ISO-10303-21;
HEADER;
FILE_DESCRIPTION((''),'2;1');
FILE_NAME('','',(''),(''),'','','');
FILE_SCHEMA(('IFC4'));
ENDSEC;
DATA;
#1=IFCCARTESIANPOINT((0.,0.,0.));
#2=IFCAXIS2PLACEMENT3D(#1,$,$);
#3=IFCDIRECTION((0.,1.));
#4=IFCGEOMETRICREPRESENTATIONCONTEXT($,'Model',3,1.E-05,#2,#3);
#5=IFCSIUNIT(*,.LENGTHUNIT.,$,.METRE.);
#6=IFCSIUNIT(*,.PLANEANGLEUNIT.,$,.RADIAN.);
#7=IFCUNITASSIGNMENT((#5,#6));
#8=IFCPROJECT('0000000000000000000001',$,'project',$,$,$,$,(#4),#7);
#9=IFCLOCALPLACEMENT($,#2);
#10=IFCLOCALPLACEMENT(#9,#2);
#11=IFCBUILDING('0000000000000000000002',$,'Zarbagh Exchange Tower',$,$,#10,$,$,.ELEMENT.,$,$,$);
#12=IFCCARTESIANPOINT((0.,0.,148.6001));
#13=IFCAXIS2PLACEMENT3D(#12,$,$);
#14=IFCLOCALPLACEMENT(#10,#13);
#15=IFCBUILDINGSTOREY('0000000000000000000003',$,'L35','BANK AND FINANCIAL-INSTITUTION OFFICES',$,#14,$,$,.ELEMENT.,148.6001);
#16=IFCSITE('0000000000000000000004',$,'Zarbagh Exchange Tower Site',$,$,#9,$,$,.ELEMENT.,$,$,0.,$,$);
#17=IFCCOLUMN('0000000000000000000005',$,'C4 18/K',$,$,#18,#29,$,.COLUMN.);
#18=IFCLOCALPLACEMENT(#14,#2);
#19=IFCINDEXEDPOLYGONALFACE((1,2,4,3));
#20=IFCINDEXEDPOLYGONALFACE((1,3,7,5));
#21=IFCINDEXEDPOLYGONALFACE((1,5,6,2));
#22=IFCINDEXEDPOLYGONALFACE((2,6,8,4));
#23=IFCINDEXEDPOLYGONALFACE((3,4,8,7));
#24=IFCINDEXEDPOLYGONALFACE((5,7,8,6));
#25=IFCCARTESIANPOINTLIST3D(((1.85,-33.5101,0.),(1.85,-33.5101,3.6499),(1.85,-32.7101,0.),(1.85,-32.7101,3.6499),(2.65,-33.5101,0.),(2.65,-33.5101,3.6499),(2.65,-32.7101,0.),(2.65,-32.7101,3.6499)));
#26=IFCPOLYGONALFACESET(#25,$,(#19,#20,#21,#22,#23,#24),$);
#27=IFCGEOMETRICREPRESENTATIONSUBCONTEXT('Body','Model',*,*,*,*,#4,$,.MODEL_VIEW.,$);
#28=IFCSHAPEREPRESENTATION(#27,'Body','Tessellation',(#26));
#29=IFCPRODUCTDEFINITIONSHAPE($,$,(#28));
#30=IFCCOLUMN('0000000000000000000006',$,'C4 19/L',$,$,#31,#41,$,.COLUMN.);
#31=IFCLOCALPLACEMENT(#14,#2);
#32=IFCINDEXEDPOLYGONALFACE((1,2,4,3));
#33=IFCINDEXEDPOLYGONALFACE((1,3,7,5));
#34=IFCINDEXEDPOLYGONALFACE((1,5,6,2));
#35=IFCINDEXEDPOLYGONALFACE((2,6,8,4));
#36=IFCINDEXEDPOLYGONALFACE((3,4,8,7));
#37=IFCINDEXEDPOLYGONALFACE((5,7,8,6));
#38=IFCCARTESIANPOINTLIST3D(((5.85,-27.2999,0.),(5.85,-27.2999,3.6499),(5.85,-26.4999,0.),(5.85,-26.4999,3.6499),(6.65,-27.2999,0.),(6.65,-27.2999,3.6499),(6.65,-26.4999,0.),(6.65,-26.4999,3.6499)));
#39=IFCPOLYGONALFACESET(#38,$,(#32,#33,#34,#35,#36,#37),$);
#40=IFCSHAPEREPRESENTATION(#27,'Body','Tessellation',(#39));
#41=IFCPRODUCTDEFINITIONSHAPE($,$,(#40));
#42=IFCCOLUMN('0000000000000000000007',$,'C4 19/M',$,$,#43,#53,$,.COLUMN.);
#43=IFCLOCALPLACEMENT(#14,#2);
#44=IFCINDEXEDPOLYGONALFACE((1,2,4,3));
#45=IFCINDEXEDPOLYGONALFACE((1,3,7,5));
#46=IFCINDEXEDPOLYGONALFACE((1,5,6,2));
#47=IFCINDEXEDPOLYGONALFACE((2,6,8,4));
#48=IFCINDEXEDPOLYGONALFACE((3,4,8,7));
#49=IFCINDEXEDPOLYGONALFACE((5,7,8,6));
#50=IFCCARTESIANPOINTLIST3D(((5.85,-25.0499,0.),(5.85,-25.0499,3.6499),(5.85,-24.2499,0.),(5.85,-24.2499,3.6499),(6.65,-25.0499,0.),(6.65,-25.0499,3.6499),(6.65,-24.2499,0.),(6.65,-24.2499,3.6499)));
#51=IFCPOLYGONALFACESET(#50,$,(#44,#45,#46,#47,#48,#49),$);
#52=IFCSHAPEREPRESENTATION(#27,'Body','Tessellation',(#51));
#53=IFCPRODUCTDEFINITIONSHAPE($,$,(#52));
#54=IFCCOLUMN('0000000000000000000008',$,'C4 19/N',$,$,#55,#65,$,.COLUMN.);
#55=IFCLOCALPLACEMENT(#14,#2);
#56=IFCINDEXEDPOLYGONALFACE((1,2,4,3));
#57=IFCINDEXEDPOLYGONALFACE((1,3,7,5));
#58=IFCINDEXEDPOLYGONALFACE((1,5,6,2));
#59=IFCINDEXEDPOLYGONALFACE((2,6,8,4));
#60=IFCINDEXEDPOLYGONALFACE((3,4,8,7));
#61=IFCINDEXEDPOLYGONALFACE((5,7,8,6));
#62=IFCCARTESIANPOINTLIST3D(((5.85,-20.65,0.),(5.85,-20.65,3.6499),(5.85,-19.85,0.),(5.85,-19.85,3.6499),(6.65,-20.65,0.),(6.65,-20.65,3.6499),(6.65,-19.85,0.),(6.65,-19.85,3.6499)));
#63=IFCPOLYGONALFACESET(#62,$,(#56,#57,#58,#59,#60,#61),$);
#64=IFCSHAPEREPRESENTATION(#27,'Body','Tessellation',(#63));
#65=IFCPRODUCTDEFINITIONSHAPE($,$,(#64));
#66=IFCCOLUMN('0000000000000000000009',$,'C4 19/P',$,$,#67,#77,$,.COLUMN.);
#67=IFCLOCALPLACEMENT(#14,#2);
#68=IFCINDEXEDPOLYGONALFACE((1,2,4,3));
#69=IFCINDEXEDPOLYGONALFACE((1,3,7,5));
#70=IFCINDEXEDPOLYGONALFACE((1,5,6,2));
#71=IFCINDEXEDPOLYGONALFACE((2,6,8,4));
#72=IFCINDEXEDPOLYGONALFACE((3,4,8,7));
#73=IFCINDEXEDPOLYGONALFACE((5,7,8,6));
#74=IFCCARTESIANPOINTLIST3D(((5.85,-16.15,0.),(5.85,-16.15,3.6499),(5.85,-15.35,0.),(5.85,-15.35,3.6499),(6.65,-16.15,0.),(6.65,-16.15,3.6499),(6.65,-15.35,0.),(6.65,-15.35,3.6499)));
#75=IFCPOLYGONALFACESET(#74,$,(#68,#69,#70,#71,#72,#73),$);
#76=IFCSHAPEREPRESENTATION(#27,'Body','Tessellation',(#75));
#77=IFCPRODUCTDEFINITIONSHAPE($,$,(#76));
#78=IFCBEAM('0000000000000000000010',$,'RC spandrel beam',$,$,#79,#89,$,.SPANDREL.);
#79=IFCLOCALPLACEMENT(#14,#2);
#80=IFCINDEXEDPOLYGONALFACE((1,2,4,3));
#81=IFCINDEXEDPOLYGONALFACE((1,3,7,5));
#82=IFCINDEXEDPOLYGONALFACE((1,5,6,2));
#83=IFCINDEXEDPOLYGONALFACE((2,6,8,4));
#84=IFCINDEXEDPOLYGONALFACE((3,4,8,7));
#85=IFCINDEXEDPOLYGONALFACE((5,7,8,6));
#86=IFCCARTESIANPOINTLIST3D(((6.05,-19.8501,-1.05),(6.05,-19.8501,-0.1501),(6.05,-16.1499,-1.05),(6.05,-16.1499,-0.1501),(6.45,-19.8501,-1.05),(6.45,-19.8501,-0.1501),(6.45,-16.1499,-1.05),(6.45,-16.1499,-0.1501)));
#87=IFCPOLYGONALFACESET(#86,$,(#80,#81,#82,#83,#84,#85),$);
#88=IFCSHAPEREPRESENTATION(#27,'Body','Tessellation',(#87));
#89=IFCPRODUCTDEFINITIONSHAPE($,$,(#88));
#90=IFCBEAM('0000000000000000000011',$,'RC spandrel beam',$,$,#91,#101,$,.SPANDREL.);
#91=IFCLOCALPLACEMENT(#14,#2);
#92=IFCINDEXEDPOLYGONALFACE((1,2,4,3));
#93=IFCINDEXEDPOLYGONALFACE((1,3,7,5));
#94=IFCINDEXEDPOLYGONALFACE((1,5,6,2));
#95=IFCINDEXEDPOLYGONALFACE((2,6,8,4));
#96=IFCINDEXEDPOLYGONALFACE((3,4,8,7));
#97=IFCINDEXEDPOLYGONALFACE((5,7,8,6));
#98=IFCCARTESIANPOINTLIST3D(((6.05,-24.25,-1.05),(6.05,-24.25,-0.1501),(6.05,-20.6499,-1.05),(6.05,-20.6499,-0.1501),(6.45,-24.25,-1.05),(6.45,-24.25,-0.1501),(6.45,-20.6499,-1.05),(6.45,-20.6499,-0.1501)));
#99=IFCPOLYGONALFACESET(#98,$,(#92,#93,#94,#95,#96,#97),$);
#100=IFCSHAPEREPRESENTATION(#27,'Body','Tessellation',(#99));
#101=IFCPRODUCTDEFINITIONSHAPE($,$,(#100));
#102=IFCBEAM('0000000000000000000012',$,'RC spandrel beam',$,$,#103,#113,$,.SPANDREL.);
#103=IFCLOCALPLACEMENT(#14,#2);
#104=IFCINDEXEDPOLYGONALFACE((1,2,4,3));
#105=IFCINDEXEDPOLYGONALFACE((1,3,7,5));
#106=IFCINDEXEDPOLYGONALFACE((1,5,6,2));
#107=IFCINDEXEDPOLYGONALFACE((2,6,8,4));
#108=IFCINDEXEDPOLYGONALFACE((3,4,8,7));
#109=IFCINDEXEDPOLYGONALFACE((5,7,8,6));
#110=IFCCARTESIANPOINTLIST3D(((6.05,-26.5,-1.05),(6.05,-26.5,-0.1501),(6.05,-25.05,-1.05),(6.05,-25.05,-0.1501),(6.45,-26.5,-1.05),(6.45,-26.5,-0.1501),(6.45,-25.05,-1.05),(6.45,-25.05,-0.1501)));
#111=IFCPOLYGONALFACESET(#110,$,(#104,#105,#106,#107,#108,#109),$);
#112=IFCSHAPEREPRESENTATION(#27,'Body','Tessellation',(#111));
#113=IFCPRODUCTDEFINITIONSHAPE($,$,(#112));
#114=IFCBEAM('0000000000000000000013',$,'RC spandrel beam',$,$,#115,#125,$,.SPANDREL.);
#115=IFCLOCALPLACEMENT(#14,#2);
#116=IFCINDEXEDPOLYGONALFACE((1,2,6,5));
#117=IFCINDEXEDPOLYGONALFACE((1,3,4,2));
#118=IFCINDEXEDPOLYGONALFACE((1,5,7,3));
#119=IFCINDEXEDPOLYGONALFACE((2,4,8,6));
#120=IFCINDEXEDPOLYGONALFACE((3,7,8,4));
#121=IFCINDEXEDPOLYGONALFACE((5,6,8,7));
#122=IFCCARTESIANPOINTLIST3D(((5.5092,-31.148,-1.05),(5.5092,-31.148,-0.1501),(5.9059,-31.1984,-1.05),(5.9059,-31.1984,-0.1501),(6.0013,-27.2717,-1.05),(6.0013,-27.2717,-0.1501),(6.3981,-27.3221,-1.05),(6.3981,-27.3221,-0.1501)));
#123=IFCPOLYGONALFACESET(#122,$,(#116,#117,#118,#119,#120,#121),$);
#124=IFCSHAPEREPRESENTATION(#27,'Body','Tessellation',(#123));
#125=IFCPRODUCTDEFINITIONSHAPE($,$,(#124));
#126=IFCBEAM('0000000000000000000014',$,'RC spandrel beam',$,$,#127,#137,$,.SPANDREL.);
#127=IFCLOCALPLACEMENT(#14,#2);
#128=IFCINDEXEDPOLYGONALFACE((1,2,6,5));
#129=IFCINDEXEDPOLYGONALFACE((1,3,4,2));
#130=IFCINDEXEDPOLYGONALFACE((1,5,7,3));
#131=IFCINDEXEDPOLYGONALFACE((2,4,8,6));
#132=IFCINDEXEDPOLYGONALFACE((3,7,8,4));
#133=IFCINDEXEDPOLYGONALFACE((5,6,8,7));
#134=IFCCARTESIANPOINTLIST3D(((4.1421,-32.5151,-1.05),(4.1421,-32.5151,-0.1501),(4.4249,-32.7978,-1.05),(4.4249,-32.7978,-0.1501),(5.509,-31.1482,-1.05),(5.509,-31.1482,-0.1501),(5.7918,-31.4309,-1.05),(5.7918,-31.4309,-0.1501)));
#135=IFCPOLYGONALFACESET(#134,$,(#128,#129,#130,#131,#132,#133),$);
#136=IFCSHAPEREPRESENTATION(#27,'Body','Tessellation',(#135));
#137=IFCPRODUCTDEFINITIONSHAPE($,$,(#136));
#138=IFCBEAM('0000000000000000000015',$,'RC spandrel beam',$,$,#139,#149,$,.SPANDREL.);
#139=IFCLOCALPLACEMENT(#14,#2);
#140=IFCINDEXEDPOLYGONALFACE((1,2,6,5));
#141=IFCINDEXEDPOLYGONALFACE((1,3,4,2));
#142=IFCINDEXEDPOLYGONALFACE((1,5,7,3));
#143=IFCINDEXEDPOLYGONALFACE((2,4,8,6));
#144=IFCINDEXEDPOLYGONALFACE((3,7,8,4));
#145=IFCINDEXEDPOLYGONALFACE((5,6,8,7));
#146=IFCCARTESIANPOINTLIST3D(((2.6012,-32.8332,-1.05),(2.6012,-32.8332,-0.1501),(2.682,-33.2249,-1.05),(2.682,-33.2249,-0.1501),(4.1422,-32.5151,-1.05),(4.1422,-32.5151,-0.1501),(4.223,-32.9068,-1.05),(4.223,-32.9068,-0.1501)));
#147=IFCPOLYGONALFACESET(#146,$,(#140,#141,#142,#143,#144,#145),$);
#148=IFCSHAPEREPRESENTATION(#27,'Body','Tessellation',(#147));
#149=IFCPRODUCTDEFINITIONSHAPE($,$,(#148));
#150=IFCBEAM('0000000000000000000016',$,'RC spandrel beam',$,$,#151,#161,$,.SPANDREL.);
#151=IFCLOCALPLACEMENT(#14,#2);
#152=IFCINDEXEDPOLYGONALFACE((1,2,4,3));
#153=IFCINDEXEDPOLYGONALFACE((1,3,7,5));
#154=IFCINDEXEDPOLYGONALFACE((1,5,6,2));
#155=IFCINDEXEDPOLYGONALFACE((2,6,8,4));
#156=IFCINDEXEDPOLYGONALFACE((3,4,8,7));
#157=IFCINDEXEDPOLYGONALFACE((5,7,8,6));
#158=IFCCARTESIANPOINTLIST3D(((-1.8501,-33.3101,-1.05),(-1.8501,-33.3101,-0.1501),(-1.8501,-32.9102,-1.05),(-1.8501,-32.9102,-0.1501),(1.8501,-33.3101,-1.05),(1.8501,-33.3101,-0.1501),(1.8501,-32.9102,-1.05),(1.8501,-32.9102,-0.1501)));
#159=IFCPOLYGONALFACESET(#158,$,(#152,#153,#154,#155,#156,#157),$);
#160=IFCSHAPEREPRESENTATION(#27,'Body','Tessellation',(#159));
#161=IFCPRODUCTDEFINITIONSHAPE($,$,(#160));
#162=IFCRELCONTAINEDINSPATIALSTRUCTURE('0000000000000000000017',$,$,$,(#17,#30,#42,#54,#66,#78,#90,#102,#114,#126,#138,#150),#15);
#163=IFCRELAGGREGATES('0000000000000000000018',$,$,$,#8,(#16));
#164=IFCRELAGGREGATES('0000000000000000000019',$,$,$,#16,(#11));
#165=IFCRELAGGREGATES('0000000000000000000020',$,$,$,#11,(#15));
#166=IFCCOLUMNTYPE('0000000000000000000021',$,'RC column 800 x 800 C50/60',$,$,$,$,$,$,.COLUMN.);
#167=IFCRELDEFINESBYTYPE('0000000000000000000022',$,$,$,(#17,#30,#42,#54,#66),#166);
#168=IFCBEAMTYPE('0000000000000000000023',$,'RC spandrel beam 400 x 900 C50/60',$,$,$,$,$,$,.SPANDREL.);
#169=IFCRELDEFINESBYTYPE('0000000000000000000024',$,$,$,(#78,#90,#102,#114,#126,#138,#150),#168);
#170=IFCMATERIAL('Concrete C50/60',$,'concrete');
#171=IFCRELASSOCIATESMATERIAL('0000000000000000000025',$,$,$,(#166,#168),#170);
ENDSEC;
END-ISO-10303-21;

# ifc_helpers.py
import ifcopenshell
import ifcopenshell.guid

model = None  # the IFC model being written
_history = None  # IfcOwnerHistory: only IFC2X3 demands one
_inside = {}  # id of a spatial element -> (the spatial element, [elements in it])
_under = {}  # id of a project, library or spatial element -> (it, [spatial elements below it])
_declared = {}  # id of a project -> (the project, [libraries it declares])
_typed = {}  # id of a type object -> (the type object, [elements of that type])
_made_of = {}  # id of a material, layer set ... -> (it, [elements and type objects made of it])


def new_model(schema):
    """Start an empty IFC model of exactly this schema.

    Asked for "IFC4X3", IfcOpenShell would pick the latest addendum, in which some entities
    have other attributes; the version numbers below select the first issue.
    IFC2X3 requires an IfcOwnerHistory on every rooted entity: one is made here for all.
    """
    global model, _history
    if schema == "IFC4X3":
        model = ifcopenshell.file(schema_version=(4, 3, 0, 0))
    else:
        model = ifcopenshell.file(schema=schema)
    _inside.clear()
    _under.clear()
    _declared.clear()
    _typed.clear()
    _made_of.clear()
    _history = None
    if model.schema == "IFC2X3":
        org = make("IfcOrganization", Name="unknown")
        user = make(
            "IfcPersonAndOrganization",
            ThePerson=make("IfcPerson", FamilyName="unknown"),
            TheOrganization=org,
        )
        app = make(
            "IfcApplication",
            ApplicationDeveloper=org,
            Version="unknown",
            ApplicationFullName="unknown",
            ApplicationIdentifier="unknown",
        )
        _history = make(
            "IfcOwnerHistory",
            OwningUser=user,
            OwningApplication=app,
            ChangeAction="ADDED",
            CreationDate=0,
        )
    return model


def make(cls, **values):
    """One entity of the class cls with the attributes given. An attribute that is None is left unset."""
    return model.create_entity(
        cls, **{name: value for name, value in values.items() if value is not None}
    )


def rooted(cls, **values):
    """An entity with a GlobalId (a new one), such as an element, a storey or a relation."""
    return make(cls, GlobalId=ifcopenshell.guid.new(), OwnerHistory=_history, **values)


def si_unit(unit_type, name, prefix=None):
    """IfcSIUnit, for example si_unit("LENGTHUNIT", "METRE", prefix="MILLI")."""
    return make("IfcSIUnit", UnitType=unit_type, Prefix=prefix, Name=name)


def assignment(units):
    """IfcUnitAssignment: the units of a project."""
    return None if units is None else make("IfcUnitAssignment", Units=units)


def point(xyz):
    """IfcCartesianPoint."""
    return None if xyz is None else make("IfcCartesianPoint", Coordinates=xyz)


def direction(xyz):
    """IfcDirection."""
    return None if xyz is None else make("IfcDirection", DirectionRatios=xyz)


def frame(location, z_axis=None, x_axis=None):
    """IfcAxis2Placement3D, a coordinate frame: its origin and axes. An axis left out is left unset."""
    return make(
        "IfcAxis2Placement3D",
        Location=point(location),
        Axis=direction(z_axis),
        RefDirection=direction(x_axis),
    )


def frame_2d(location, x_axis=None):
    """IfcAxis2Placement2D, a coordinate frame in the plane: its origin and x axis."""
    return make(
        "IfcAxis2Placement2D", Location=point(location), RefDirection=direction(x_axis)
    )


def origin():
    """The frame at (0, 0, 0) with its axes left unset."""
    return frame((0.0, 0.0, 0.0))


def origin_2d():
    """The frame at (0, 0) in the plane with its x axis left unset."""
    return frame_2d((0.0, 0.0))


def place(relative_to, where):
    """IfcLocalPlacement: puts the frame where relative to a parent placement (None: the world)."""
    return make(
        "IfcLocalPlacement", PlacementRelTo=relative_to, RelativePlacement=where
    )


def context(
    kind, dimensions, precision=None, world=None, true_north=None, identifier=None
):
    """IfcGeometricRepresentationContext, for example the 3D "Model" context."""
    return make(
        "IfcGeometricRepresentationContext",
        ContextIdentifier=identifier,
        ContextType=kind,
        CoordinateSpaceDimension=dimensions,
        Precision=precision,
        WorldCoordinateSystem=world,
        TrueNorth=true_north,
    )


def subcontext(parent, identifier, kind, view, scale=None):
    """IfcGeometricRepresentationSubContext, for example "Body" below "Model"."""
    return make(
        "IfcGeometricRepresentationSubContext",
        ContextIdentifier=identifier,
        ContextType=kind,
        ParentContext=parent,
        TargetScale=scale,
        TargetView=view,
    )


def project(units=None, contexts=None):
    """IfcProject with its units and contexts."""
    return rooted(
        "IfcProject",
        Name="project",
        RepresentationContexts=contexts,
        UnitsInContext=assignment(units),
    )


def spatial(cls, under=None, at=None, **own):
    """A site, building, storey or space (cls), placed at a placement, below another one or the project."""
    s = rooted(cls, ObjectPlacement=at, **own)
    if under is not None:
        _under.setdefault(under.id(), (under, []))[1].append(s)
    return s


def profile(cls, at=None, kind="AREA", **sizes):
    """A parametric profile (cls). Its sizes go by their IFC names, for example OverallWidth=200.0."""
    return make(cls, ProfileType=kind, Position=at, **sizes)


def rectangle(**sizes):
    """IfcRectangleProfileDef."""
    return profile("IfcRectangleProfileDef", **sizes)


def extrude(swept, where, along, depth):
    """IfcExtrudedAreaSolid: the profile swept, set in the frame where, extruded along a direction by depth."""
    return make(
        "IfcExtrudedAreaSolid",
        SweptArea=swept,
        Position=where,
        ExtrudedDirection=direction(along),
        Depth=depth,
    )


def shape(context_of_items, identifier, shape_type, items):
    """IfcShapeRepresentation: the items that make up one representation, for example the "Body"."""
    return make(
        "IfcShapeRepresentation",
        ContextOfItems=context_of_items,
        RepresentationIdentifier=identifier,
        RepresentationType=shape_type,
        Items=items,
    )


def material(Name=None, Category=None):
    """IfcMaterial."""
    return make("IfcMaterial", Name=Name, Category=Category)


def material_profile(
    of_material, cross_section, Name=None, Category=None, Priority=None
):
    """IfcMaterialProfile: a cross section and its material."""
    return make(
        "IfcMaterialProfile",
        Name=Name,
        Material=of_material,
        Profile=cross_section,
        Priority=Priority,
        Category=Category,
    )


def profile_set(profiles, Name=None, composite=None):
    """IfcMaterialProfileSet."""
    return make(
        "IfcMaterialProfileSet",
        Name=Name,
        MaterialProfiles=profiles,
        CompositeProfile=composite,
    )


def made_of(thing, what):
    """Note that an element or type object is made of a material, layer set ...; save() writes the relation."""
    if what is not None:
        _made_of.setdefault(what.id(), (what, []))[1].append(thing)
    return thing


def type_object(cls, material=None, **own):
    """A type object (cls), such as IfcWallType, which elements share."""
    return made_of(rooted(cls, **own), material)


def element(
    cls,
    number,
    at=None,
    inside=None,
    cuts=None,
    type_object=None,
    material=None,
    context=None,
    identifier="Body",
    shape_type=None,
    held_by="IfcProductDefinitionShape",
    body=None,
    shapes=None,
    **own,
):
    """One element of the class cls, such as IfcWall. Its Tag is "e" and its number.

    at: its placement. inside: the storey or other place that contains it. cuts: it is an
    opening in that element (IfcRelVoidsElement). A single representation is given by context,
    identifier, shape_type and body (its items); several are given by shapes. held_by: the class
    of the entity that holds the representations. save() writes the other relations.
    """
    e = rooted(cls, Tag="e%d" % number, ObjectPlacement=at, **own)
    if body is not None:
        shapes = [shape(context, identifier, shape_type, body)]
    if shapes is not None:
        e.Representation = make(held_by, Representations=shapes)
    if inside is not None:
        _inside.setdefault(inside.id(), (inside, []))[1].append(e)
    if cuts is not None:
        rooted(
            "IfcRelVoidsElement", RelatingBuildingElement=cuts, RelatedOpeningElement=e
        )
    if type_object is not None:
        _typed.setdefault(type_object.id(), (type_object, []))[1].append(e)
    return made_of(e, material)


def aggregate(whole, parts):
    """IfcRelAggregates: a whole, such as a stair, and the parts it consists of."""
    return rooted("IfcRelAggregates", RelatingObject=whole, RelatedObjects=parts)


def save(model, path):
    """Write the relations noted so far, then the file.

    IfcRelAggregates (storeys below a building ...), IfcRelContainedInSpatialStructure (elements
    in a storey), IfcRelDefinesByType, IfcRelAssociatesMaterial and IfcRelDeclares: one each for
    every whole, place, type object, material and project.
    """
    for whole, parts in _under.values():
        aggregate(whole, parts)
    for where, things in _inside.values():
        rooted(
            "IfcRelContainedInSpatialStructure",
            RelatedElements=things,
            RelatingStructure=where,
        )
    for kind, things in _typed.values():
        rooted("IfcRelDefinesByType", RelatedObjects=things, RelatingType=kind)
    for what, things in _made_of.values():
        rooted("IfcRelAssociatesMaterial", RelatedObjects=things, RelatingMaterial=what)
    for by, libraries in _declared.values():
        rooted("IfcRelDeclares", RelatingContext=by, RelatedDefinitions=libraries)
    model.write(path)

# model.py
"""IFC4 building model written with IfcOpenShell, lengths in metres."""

from ifc_helpers import new_model, si_unit, direction, frame, origin, origin_2d, place, context, subcontext, project, spatial, rectangle, extrude, material, material_profile, profile_set, type_object, element, save


model = new_model("IFC4")

# Units and contexts
model_context = context("Model", 3, precision=1e-05, world=origin(), true_north=direction((0.0, 1.0)))
body_context = subcontext(model_context, "Body", "Model", "MODEL_VIEW")
ifc_project = project(units=[si_unit("LENGTHUNIT", "METRE"), si_unit("PLANEANGLEUNIT", "RADIAN")], contexts=[model_context])

# Site, building, storey
site_placement = place(None, origin())
site = spatial("IfcSite", under=ifc_project, at=site_placement, Name="Zarbagh Exchange Tower Site", CompositionType="ELEMENT", RefElevation=0.0)
building_placement = place(site_placement, origin())
building = spatial("IfcBuilding", under=site, at=building_placement, Name="Zarbagh Exchange Tower", CompositionType="ELEMENT")
storey_placement = place(building_placement, frame((0.0, 0.0, 148.6001)))
storey = spatial("IfcBuildingStorey", under=building, at=storey_placement, Name="L35", Description="BANK AND FINANCIAL-INSTITUTION OFFICES", CompositionType="ELEMENT", Elevation=148.6001)

# Columns
ifc_material_1 = material(Name="Concrete C50/60", Category="concrete")
ifc_material_profile_1 = material_profile(ifc_material_1, rectangle(XDim=0.8, YDim=0.8, at=origin_2d()), Name="RC column 800 x 800 C50/60")
ifc_profile_set_1 = profile_set([ifc_material_profile_1], Name="Concrete C50/60")
column_type = type_object("IfcColumnType", Name="RC column 800 x 800 C50/60", PredefinedType="COLUMN", material=ifc_profile_set_1)
for number, where, z_axis, x_axis, name in (
    (1, (2.25, -33.1101, 0.0), (0.0, 0.0, 1.0), (1.0, 0.0, 0.0), "C4 18/K"),
    (2, (6.25, -26.8999, 0.0), (0.0, 0.0, 1.0), (1.0, 0.0, 0.0), "C4 19/L"),
    (3, (6.25, -24.6499, 0.0), (0.0, 0.0, 1.0), (1.0, 0.0, 0.0), "C4 19/M"),
    (4, (6.25, -20.25, 0.0), (0.0, 0.0, 1.0), (1.0, 0.0, 0.0), "C4 19/N"),
    (5, (6.25, -15.75, 0.0), (0.0, 0.0, 1.0), (1.0, 0.0, 0.0), "C4 19/P"),
):
    element("IfcColumn", number, at=place(storey_placement, frame(where, z_axis=z_axis, x_axis=x_axis)), inside=storey, type_object=column_type, Name=name, PredefinedType="COLUMN", context=body_context, shape_type="SweptSolid", body=[
        extrude(rectangle(XDim=0.8, YDim=0.8, at=origin_2d()), origin(), (0.0, 0.0, 1.0), 3.6499),
    ])

# Beams
ifc_material_profile_2 = material_profile(ifc_material_1, rectangle(XDim=0.3999, YDim=0.8999, at=origin_2d()), Name="RC spandrel beam 400 x 900 C50/60")
ifc_profile_set_2 = profile_set([ifc_material_profile_2], Name="Concrete C50/60")
beam_type = type_object("IfcBeamType", Name="RC spandrel beam 400 x 900 C50/60", PredefinedType="SPANDREL", material=ifc_profile_set_2)
beam_1_placement = place(storey_placement, frame((6.25, -16.1499, -0.6001), z_axis=(0.0, -1.0, 0.0), x_axis=(1.0, 0.0, 0.0)))
element("IfcBeam", 6, at=beam_1_placement, inside=storey, type_object=beam_type, Name="RC spandrel beam", PredefinedType="SPANDREL", context=body_context, shape_type="SweptSolid", body=[
    extrude(rectangle(XDim=0.3999, YDim=0.8999, at=origin_2d()), origin(), (0.0, 0.0, 1.0), 3.7002),
])
beam_2_placement = place(storey_placement, frame((6.25, -20.6499, -0.6001), z_axis=(0.0, -1.0, 0.0), x_axis=(1.0, 0.0, 0.0)))
element("IfcBeam", 7, at=beam_2_placement, inside=storey, type_object=beam_type, Name="RC spandrel beam", PredefinedType="SPANDREL", context=body_context, shape_type="SweptSolid", body=[
    extrude(rectangle(XDim=0.3999, YDim=0.8999, at=origin_2d()), origin(), (0.0, 0.0, 1.0), 3.6001),
])
beam_3_placement = place(storey_placement, frame((6.25, -25.05, -0.6001), z_axis=(0.0, -1.0, 0.0), x_axis=(1.0, 0.0, 0.0)))
element("IfcBeam", 8, at=beam_3_placement, inside=storey, type_object=beam_type, Name="RC spandrel beam", PredefinedType="SPANDREL", context=body_context, shape_type="SweptSolid", body=[
    extrude(rectangle(XDim=0.3999, YDim=0.8999, at=origin_2d()), origin(), (0.0, 0.0, 1.0), 1.45),
])
beam_4_placement = place(storey_placement, frame((6.1997, -27.2969, -0.6001), z_axis=(-0.125957, -0.992036, 0.0), x_axis=(0.992036, -0.125957, 0.0)))
element("IfcBeam", 9, at=beam_4_placement, inside=storey, type_object=beam_type, Name="RC spandrel beam", PredefinedType="SPANDREL", context=body_context, shape_type="SweptSolid", body=[
    extrude(rectangle(XDim=0.3999, YDim=0.8999, at=origin_2d()), origin(), (0.0, 0.0, 1.0), 3.9075),
])
beam_5_placement = place(storey_placement, frame((5.6504, -31.2896, -0.6001), z_axis=(-0.707107, -0.707107, 0.0), x_axis=(0.707107, -0.707107, 0.0)))
element("IfcBeam", 10, at=beam_5_placement, inside=storey, type_object=beam_type, Name="RC spandrel beam", PredefinedType="SPANDREL", context=body_context, shape_type="SweptSolid", body=[
    extrude(rectangle(XDim=0.3999, YDim=0.8999, at=origin_2d()), origin(), (0.0, 0.0, 1.0), 1.9331),
])
beam_6_placement = place(storey_placement, frame((4.1826, -32.7109, -0.6001), z_axis=(-0.979351, -0.202169, 0.0), x_axis=(0.202169, -0.979351, 0.0)))
element("IfcBeam", 11, at=beam_6_placement, inside=storey, type_object=beam_type, Name="RC spandrel beam", PredefinedType="SPANDREL", context=body_context, shape_type="SweptSolid", body=[
    extrude(rectangle(XDim=0.3999, YDim=0.8999, at=origin_2d()), origin(), (0.0, 0.0, 1.0), 1.5735),
])
beam_7_placement = place(storey_placement, frame((1.8501, -33.1101, -0.6001), z_axis=(-1.0, 0.0, 0.0), x_axis=(0.0, -1.0, 0.0)))
element("IfcBeam", 12, at=beam_7_placement, inside=storey, type_object=beam_type, Name="RC spandrel beam", PredefinedType="SPANDREL", context=body_context, shape_type="SweptSolid", body=[
    extrude(rectangle(XDim=0.3999, YDim=0.8999, at=origin_2d()), origin(), (0.0, 0.0, 1.0), 3.7002),
])

save(model, "model.ifc")
